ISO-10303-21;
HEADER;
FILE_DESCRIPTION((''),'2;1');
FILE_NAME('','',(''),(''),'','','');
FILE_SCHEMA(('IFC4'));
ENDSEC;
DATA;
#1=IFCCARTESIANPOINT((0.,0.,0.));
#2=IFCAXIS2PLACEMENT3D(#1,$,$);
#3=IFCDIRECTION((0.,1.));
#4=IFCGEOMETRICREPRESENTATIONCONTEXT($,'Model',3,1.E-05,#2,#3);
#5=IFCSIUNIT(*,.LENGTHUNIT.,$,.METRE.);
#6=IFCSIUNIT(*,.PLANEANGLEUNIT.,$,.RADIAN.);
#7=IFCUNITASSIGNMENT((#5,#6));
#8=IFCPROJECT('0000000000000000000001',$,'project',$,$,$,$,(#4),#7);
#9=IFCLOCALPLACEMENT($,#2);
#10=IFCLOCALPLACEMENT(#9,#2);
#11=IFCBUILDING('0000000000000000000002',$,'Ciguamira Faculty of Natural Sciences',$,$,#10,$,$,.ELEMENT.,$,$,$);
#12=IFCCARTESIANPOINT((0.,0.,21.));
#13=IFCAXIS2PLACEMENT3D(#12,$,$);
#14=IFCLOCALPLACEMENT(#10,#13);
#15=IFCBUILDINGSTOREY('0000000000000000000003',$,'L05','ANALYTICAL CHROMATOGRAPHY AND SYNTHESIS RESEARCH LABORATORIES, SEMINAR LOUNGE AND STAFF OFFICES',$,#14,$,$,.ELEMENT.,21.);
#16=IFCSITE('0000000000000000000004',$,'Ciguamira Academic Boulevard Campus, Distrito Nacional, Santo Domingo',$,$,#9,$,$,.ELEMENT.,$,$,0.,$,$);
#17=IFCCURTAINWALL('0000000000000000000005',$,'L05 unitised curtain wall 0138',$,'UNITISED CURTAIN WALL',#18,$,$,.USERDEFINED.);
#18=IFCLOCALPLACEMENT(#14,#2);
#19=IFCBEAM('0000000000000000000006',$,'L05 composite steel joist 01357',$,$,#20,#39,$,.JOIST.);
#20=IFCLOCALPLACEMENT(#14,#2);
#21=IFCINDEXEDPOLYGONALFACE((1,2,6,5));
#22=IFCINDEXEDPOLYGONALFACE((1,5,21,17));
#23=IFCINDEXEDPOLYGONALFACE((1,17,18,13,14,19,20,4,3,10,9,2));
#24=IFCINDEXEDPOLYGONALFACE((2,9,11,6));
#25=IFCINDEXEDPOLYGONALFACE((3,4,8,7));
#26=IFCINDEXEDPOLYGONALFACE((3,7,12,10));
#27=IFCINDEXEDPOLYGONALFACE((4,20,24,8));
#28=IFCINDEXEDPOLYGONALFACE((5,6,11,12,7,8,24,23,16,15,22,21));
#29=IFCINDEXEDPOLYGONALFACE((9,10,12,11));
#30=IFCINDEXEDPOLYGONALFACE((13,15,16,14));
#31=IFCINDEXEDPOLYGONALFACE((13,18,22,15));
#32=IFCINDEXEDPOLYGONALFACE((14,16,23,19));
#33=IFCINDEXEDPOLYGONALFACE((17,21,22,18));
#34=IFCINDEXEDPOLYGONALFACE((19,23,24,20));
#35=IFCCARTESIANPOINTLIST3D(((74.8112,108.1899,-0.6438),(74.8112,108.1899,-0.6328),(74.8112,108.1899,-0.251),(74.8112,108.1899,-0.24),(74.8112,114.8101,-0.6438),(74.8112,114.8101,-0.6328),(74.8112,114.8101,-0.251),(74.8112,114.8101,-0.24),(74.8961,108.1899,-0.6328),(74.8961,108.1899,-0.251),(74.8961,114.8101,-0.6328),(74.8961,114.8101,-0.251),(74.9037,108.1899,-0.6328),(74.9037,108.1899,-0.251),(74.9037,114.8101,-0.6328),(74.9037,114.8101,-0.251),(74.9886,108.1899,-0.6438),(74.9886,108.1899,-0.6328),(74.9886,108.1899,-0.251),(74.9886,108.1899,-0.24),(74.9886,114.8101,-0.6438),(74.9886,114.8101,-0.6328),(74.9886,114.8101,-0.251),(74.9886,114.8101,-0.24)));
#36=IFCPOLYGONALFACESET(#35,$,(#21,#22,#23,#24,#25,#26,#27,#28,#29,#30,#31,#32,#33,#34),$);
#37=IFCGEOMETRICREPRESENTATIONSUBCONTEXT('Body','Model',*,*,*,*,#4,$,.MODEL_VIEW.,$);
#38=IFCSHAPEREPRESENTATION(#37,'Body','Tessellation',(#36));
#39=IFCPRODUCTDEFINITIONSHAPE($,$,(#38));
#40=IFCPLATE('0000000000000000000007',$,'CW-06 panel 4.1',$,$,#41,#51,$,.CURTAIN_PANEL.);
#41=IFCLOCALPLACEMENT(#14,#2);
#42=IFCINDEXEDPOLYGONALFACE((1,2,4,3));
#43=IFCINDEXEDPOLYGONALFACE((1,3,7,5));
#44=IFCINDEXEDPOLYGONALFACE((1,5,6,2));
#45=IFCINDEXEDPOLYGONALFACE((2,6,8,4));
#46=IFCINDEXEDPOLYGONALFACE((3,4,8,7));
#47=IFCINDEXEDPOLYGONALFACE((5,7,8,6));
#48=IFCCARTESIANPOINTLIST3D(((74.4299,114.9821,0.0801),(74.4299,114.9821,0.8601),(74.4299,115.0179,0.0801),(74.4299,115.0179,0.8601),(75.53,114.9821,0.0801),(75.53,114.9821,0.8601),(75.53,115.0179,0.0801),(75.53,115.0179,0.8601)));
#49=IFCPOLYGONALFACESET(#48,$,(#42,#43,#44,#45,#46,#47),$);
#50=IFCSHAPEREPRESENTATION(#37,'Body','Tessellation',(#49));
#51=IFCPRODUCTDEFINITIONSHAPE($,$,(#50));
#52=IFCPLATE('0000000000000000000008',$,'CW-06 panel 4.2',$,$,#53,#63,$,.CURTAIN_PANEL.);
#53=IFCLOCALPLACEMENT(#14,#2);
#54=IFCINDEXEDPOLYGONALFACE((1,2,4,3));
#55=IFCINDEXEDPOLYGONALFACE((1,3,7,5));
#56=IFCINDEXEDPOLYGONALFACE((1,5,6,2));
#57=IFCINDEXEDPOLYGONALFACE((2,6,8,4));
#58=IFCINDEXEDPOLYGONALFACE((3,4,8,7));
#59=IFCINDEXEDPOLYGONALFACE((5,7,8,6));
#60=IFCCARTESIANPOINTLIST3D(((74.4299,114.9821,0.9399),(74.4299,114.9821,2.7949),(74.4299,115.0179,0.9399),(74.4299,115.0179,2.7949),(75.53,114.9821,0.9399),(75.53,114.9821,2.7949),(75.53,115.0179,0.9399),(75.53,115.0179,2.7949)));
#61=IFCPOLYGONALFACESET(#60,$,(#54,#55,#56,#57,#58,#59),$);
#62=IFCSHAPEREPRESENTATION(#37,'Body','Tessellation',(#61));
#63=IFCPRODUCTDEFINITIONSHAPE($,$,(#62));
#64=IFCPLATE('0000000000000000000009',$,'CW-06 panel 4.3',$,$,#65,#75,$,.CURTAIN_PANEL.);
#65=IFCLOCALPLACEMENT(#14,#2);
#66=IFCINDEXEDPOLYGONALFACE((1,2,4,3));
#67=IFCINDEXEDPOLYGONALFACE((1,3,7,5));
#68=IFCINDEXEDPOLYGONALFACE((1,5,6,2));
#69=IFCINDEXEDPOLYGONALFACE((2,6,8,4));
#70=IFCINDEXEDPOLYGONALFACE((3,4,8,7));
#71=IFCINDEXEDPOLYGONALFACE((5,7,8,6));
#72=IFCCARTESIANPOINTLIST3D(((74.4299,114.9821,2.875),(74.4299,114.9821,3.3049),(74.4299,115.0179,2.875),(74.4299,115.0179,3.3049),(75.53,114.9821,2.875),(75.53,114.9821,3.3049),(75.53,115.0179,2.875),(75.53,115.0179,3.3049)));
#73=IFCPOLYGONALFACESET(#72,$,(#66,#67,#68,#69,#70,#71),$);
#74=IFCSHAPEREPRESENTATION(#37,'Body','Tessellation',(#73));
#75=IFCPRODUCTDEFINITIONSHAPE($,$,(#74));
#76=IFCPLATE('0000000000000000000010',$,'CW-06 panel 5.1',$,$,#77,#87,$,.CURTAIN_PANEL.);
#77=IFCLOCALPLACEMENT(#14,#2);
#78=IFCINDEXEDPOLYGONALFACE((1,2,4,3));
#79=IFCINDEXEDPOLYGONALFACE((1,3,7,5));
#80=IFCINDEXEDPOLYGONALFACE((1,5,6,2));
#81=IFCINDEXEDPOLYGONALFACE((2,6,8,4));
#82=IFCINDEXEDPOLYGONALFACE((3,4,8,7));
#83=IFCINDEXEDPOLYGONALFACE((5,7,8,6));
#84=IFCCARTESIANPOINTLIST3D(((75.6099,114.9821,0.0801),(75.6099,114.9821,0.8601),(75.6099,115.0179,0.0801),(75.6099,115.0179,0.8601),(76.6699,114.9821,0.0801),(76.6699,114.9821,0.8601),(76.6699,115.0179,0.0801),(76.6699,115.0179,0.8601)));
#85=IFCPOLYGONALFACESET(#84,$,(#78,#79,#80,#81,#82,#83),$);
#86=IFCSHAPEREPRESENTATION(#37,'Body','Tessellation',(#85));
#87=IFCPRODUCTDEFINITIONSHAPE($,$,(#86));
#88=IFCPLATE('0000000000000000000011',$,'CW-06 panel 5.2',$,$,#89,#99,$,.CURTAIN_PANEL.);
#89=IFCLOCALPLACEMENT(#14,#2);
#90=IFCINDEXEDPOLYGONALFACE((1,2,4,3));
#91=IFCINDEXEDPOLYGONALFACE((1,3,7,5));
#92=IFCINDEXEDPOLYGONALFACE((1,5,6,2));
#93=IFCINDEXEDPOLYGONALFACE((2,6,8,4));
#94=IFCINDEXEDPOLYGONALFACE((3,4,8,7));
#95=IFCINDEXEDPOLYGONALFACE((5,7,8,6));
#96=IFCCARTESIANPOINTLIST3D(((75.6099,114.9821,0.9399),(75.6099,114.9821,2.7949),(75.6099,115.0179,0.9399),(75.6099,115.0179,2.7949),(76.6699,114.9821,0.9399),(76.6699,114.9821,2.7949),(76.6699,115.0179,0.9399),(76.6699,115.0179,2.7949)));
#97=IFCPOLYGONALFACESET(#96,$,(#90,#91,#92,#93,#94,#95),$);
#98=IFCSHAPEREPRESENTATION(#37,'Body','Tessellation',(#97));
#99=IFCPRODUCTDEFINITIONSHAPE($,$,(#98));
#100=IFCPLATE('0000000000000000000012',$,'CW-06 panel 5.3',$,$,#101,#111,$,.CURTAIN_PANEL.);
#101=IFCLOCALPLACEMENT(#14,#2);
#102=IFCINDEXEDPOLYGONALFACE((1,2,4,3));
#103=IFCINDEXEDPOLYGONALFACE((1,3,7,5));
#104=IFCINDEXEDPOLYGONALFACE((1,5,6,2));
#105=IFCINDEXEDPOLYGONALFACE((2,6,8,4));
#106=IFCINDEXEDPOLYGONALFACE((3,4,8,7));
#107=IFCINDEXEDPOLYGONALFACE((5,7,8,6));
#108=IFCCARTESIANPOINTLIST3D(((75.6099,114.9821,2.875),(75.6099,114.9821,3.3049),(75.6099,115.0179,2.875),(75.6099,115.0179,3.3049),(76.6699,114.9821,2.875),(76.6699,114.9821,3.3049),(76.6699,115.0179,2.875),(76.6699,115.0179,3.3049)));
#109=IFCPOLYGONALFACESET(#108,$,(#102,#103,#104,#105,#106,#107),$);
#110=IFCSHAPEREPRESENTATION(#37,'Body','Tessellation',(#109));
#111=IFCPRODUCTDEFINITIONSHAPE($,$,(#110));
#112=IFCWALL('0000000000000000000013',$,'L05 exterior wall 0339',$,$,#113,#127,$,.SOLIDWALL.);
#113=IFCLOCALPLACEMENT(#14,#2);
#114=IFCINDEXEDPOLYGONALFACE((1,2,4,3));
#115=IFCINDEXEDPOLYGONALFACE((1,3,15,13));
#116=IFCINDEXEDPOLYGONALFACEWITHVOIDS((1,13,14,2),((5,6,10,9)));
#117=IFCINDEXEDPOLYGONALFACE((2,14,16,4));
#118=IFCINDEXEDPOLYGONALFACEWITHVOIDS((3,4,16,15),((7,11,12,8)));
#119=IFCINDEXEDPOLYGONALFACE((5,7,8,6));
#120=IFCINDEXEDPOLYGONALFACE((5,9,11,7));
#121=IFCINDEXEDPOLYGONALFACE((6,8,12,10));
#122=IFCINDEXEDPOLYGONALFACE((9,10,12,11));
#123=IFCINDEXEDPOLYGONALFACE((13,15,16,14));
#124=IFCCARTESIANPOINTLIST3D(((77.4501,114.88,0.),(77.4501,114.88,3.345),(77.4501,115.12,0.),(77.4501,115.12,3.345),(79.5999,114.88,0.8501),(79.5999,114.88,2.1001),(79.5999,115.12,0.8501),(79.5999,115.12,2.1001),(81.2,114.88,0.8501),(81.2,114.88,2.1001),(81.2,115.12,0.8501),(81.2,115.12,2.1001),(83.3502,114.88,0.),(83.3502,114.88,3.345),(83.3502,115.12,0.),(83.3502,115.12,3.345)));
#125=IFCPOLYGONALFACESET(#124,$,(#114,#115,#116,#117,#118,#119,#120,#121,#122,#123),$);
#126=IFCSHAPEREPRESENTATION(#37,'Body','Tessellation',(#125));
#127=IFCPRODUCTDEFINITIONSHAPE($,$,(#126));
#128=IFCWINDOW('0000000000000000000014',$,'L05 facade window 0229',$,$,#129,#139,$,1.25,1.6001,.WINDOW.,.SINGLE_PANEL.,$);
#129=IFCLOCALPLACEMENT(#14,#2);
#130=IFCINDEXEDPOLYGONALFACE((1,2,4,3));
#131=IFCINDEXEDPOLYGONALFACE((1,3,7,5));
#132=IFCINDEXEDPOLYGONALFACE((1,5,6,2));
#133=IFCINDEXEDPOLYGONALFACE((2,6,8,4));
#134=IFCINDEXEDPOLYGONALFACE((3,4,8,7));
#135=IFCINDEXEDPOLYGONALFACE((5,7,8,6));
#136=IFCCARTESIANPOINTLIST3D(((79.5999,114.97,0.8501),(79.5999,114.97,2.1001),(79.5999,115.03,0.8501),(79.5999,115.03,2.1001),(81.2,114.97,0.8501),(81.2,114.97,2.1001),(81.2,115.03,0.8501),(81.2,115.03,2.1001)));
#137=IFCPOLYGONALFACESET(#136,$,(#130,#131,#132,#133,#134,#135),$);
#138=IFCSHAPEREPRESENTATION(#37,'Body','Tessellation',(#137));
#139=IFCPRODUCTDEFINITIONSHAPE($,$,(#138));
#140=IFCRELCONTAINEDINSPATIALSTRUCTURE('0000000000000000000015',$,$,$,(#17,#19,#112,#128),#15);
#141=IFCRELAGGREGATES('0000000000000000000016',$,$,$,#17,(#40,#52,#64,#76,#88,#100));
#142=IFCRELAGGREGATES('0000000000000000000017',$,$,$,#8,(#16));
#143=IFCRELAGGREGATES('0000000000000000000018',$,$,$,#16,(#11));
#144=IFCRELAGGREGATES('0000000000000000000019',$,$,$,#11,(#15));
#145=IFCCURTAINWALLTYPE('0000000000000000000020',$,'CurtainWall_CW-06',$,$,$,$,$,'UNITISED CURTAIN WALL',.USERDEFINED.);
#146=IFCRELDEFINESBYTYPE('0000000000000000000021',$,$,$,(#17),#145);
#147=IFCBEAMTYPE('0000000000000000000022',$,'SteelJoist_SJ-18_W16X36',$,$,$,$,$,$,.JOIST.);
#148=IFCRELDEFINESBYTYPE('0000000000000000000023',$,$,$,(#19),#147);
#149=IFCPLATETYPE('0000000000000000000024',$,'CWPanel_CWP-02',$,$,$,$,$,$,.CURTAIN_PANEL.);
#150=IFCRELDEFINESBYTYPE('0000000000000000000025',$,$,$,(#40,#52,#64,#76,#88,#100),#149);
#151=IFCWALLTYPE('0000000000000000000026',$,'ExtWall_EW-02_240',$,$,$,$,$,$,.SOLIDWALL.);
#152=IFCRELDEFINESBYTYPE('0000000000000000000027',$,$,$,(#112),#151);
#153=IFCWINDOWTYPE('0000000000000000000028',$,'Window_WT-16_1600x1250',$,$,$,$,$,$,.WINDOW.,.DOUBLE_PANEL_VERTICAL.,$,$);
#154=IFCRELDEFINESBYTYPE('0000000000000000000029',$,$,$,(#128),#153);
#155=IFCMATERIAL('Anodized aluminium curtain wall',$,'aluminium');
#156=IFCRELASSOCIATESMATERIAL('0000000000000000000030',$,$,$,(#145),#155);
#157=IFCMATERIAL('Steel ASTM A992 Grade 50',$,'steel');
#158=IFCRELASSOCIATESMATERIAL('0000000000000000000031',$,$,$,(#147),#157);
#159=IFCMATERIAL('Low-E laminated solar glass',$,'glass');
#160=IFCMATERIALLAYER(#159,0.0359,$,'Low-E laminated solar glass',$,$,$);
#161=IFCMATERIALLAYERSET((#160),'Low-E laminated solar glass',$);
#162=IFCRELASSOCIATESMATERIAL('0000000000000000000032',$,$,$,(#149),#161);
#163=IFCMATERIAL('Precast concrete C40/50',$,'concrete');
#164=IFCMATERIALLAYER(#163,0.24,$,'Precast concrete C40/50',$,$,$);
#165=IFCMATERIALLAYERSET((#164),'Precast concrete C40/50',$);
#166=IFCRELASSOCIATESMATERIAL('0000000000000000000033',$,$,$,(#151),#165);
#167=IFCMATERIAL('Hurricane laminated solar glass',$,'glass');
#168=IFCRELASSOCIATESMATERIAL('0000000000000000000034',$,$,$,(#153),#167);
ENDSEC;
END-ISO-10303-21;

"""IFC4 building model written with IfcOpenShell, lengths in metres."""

from ifc_helpers import new_model, si_unit, direction, frame, frame_2d, origin, origin_2d, place, context, subcontext, project, spatial, rectangle, i_section, extrude, material, layer, layer_set, material_profile, profile_set, type_object, element, fill, aggregate, save


model = new_model("IFC4")

# Units and contexts
model_context = context("Model", 3, precision=1e-05, world=origin(), true_north=direction((0.0, 1.0)))
body_context = subcontext(model_context, "Body", "Model", "MODEL_VIEW")
ifc_project = project(units=[si_unit("LENGTHUNIT", "METRE"), si_unit("PLANEANGLEUNIT", "RADIAN")], contexts=[model_context])

# Site, building, storey
site_placement = place(None, origin())
site = spatial("IfcSite", under=ifc_project, at=site_placement, Name="Ciguamira Academic Boulevard Campus, Distrito Nacional, Santo Domingo", CompositionType="ELEMENT", RefElevation=0.0)
building_placement = place(site_placement, origin())
building = spatial("IfcBuilding", under=site, at=building_placement, Name="Ciguamira Faculty of Natural Sciences", CompositionType="ELEMENT")
storey_placement = place(building_placement, frame((0.0, 0.0, 21.0)))
storey = spatial("IfcBuildingStorey", under=building, at=storey_placement, Name="L05", Description="ANALYTICAL CHROMATOGRAPHY AND SYNTHESIS RESEARCH LABORATORIES, SEMINAR LOUNGE AND STAFF OFFICES", CompositionType="ELEMENT", Elevation=21.0)

# Curtain wall
ifc_material_1 = material(Name="Anodized aluminium curtain wall", Category="aluminium")
curtain_wall_type = type_object("IfcCurtainWallType", Name="CurtainWall_CW-06", ElementType="UNITISED CURTAIN WALL", PredefinedType="USERDEFINED", material=ifc_material_1)
curtain_wall_placement = place(storey_placement, origin())
curtain_wall = element("IfcCurtainWall", 1, at=curtain_wall_placement, inside=storey, type_object=curtain_wall_type, Name="L05 unitised curtain wall 0138", ObjectType="UNITISED CURTAIN WALL", PredefinedType="USERDEFINED")

# Beam
ifc_material_2 = material(Name="Steel ASTM A992 Grade 50", Category="steel")
ifc_material_profile_1 = material_profile(ifc_material_2, i_section(OverallWidth=0.1775, OverallDepth=0.4038, WebThickness=0.0076, FlangeThickness=0.011, at=origin_2d()), Name="W16X36")
ifc_profile_set_1 = profile_set([ifc_material_profile_1], Name="Steel ASTM A992 Grade 50")
beam_type_1 = type_object("IfcBeamType", Name="SteelJoist_SJ-18_W16X36", PredefinedType="JOIST", material=ifc_profile_set_1)
beam_1_placement = place(storey_placement, frame((74.8999, 108.1899, -0.4419), z_axis=(0.0, 1.0, 0.0), x_axis=(-1.0, 0.0, 0.0)))
element("IfcBeam", 2, at=beam_1_placement, inside=storey, type_object=beam_type_1, Name="L05 composite steel joist 01357", PredefinedType="JOIST", context=body_context, shape_type="SweptSolid", body=[
    extrude(i_section(OverallWidth=0.1775, OverallDepth=0.4038, WebThickness=0.0076, FlangeThickness=0.011, at=origin_2d()), origin(), (0.0, 0.0, 1.0), 6.6201),
])

# Plates
ifc_material_3 = material(Name="Low-E laminated solar glass", Category="glass")
ifc_layer_1 = layer(ifc_material_3, 0.0359, Name="Low-E laminated solar glass")
ifc_layer_set_1 = layer_set([ifc_layer_1], Name="Low-E laminated solar glass")
plate_type = type_object("IfcPlateType", Name="CWPanel_CWP-02", PredefinedType="CURTAIN_PANEL", material=ifc_layer_set_1)
plate_1_placement = place(storey_placement, frame((74.98, 115.0, 0.0801), z_axis=(0.0, 0.0, 1.0), x_axis=(1.0, 0.0, 0.0)))
plate_1 = element("IfcPlate", 3, at=plate_1_placement, type_object=plate_type, Name="CW-06 panel 4.1", PredefinedType="CURTAIN_PANEL", context=body_context, shape_type="SweptSolid", body=[
    extrude(rectangle(XDim=1.1001, YDim=0.0359, at=origin_2d()), origin(), (0.0, 0.0, 1.0), 0.78),
])
plate_2_placement = place(storey_placement, frame((74.98, 115.0, 0.9399), z_axis=(0.0, 0.0, 1.0), x_axis=(1.0, 0.0, 0.0)))
plate_2 = element("IfcPlate", 4, at=plate_2_placement, type_object=plate_type, Name="CW-06 panel 4.2", PredefinedType="CURTAIN_PANEL", context=body_context, shape_type="SweptSolid", body=[
    extrude(rectangle(XDim=1.1001, YDim=0.0359, at=origin_2d()), origin(), (0.0, 0.0, 1.0), 1.855),
])
plate_3_placement = place(storey_placement, frame((74.98, 115.0, 2.875), z_axis=(0.0, 0.0, 1.0), x_axis=(1.0, 0.0, 0.0)))
plate_3 = element("IfcPlate", 5, at=plate_3_placement, type_object=plate_type, Name="CW-06 panel 4.3", PredefinedType="CURTAIN_PANEL", context=body_context, shape_type="SweptSolid", body=[
    extrude(rectangle(XDim=1.1001, YDim=0.0359, at=origin_2d()), origin(), (0.0, 0.0, 1.0), 0.4299),
])
plate_4_placement = place(storey_placement, frame((76.1399, 115.0, 0.0801), z_axis=(0.0, 0.0, 1.0), x_axis=(1.0, 0.0, 0.0)))
plate_4 = element("IfcPlate", 6, at=plate_4_placement, type_object=plate_type, Name="CW-06 panel 5.1", PredefinedType="CURTAIN_PANEL", context=body_context, shape_type="SweptSolid", body=[
    extrude(rectangle(XDim=1.0601, YDim=0.0359, at=origin_2d()), origin(), (0.0, 0.0, 1.0), 0.78),
])
plate_5_placement = place(storey_placement, frame((76.1399, 115.0, 0.9399), z_axis=(0.0, 0.0, 1.0), x_axis=(1.0, 0.0, 0.0)))
plate_5 = element("IfcPlate", 7, at=plate_5_placement, type_object=plate_type, Name="CW-06 panel 5.2", PredefinedType="CURTAIN_PANEL", context=body_context, shape_type="SweptSolid", body=[
    extrude(rectangle(XDim=1.0601, YDim=0.0359, at=origin_2d()), origin(), (0.0, 0.0, 1.0), 1.855),
])
plate_6_placement = place(storey_placement, frame((76.1399, 115.0, 2.875), z_axis=(0.0, 0.0, 1.0), x_axis=(1.0, 0.0, 0.0)))
plate_6 = element("IfcPlate", 8, at=plate_6_placement, type_object=plate_type, Name="CW-06 panel 5.3", PredefinedType="CURTAIN_PANEL", context=body_context, shape_type="SweptSolid", body=[
    extrude(rectangle(XDim=1.0601, YDim=0.0359, at=origin_2d()), origin(), (0.0, 0.0, 1.0), 0.4299),
])
aggregate(curtain_wall, [plate_1, plate_2, plate_3, plate_4, plate_5, plate_6])

# Wall, opening, window
ifc_material_4 = material(Name="Precast concrete C40/50", Category="concrete")
ifc_layer_2 = layer(ifc_material_4, 0.24, Name="Precast concrete C40/50")
ifc_layer_set_2 = layer_set([ifc_layer_2], Name="Precast concrete C40/50")
wall_type = type_object("IfcWallType", Name="ExtWall_EW-02_240", PredefinedType="SOLIDWALL", material=ifc_layer_set_2)
wall_placement = place(storey_placement, frame((77.45, 115.0, 0.0), z_axis=(0.0, 0.0, 1.0), x_axis=(1.0, 0.0, 0.0)))
wall = element("IfcWall", 9, at=wall_placement, inside=storey, type_object=wall_type, Name="L05 exterior wall 0339", PredefinedType="SOLIDWALL", context=body_context, shape_type="SweptSolid", body=[
    extrude(rectangle(XDim=5.9001, YDim=0.24, at=frame_2d((2.9502, 0.0))), origin(), (0.0, 0.0, 1.0), 3.345),
])
opening_placement = place(wall_placement, frame((2.1499, 0.0, 0.8501)))
opening = element("IfcOpeningElement", 10, at=opening_placement, cuts=wall, PredefinedType="OPENING", context=body_context, shape_type="SweptSolid", body=[
    extrude(rectangle(XDim=1.6001, YDim=1.25, at=frame_2d((0.8, 0.625))), frame((0.0, 0.1299, 0.0), z_axis=(0.0, -1.0, 0.0), x_axis=(1.0, 0.0, 0.0)), (0.0, 0.0, 1.0), 0.26),
])
ifc_material_5 = material(Name="Hurricane laminated solar glass", Category="glass")
window_type = type_object("IfcWindowType", Name="Window_WT-16_1600x1250", PartitioningType="DOUBLE_PANEL_VERTICAL", PredefinedType="WINDOW", material=ifc_material_5)
window_placement = place(opening_placement, origin())
window = element("IfcWindow", 11, at=window_placement, inside=storey, type_object=window_type, Name="L05 facade window 0229", OverallHeight=1.25, OverallWidth=1.6001, PartitioningType="SINGLE_PANEL", PredefinedType="WINDOW", context=body_context, shape_type="SweptSolid", body=[
    extrude(rectangle(XDim=1.6001, YDim=1.25, at=frame_2d((0.8, 0.625))), frame((0.0, 0.03, 0.0), z_axis=(0.0, -1.0, 0.0), x_axis=(1.0, 0.0, 0.0)), (0.0, 0.0, 1.0), 0.0601),
])
fill(opening, window)

save(model, "model.ifc")
